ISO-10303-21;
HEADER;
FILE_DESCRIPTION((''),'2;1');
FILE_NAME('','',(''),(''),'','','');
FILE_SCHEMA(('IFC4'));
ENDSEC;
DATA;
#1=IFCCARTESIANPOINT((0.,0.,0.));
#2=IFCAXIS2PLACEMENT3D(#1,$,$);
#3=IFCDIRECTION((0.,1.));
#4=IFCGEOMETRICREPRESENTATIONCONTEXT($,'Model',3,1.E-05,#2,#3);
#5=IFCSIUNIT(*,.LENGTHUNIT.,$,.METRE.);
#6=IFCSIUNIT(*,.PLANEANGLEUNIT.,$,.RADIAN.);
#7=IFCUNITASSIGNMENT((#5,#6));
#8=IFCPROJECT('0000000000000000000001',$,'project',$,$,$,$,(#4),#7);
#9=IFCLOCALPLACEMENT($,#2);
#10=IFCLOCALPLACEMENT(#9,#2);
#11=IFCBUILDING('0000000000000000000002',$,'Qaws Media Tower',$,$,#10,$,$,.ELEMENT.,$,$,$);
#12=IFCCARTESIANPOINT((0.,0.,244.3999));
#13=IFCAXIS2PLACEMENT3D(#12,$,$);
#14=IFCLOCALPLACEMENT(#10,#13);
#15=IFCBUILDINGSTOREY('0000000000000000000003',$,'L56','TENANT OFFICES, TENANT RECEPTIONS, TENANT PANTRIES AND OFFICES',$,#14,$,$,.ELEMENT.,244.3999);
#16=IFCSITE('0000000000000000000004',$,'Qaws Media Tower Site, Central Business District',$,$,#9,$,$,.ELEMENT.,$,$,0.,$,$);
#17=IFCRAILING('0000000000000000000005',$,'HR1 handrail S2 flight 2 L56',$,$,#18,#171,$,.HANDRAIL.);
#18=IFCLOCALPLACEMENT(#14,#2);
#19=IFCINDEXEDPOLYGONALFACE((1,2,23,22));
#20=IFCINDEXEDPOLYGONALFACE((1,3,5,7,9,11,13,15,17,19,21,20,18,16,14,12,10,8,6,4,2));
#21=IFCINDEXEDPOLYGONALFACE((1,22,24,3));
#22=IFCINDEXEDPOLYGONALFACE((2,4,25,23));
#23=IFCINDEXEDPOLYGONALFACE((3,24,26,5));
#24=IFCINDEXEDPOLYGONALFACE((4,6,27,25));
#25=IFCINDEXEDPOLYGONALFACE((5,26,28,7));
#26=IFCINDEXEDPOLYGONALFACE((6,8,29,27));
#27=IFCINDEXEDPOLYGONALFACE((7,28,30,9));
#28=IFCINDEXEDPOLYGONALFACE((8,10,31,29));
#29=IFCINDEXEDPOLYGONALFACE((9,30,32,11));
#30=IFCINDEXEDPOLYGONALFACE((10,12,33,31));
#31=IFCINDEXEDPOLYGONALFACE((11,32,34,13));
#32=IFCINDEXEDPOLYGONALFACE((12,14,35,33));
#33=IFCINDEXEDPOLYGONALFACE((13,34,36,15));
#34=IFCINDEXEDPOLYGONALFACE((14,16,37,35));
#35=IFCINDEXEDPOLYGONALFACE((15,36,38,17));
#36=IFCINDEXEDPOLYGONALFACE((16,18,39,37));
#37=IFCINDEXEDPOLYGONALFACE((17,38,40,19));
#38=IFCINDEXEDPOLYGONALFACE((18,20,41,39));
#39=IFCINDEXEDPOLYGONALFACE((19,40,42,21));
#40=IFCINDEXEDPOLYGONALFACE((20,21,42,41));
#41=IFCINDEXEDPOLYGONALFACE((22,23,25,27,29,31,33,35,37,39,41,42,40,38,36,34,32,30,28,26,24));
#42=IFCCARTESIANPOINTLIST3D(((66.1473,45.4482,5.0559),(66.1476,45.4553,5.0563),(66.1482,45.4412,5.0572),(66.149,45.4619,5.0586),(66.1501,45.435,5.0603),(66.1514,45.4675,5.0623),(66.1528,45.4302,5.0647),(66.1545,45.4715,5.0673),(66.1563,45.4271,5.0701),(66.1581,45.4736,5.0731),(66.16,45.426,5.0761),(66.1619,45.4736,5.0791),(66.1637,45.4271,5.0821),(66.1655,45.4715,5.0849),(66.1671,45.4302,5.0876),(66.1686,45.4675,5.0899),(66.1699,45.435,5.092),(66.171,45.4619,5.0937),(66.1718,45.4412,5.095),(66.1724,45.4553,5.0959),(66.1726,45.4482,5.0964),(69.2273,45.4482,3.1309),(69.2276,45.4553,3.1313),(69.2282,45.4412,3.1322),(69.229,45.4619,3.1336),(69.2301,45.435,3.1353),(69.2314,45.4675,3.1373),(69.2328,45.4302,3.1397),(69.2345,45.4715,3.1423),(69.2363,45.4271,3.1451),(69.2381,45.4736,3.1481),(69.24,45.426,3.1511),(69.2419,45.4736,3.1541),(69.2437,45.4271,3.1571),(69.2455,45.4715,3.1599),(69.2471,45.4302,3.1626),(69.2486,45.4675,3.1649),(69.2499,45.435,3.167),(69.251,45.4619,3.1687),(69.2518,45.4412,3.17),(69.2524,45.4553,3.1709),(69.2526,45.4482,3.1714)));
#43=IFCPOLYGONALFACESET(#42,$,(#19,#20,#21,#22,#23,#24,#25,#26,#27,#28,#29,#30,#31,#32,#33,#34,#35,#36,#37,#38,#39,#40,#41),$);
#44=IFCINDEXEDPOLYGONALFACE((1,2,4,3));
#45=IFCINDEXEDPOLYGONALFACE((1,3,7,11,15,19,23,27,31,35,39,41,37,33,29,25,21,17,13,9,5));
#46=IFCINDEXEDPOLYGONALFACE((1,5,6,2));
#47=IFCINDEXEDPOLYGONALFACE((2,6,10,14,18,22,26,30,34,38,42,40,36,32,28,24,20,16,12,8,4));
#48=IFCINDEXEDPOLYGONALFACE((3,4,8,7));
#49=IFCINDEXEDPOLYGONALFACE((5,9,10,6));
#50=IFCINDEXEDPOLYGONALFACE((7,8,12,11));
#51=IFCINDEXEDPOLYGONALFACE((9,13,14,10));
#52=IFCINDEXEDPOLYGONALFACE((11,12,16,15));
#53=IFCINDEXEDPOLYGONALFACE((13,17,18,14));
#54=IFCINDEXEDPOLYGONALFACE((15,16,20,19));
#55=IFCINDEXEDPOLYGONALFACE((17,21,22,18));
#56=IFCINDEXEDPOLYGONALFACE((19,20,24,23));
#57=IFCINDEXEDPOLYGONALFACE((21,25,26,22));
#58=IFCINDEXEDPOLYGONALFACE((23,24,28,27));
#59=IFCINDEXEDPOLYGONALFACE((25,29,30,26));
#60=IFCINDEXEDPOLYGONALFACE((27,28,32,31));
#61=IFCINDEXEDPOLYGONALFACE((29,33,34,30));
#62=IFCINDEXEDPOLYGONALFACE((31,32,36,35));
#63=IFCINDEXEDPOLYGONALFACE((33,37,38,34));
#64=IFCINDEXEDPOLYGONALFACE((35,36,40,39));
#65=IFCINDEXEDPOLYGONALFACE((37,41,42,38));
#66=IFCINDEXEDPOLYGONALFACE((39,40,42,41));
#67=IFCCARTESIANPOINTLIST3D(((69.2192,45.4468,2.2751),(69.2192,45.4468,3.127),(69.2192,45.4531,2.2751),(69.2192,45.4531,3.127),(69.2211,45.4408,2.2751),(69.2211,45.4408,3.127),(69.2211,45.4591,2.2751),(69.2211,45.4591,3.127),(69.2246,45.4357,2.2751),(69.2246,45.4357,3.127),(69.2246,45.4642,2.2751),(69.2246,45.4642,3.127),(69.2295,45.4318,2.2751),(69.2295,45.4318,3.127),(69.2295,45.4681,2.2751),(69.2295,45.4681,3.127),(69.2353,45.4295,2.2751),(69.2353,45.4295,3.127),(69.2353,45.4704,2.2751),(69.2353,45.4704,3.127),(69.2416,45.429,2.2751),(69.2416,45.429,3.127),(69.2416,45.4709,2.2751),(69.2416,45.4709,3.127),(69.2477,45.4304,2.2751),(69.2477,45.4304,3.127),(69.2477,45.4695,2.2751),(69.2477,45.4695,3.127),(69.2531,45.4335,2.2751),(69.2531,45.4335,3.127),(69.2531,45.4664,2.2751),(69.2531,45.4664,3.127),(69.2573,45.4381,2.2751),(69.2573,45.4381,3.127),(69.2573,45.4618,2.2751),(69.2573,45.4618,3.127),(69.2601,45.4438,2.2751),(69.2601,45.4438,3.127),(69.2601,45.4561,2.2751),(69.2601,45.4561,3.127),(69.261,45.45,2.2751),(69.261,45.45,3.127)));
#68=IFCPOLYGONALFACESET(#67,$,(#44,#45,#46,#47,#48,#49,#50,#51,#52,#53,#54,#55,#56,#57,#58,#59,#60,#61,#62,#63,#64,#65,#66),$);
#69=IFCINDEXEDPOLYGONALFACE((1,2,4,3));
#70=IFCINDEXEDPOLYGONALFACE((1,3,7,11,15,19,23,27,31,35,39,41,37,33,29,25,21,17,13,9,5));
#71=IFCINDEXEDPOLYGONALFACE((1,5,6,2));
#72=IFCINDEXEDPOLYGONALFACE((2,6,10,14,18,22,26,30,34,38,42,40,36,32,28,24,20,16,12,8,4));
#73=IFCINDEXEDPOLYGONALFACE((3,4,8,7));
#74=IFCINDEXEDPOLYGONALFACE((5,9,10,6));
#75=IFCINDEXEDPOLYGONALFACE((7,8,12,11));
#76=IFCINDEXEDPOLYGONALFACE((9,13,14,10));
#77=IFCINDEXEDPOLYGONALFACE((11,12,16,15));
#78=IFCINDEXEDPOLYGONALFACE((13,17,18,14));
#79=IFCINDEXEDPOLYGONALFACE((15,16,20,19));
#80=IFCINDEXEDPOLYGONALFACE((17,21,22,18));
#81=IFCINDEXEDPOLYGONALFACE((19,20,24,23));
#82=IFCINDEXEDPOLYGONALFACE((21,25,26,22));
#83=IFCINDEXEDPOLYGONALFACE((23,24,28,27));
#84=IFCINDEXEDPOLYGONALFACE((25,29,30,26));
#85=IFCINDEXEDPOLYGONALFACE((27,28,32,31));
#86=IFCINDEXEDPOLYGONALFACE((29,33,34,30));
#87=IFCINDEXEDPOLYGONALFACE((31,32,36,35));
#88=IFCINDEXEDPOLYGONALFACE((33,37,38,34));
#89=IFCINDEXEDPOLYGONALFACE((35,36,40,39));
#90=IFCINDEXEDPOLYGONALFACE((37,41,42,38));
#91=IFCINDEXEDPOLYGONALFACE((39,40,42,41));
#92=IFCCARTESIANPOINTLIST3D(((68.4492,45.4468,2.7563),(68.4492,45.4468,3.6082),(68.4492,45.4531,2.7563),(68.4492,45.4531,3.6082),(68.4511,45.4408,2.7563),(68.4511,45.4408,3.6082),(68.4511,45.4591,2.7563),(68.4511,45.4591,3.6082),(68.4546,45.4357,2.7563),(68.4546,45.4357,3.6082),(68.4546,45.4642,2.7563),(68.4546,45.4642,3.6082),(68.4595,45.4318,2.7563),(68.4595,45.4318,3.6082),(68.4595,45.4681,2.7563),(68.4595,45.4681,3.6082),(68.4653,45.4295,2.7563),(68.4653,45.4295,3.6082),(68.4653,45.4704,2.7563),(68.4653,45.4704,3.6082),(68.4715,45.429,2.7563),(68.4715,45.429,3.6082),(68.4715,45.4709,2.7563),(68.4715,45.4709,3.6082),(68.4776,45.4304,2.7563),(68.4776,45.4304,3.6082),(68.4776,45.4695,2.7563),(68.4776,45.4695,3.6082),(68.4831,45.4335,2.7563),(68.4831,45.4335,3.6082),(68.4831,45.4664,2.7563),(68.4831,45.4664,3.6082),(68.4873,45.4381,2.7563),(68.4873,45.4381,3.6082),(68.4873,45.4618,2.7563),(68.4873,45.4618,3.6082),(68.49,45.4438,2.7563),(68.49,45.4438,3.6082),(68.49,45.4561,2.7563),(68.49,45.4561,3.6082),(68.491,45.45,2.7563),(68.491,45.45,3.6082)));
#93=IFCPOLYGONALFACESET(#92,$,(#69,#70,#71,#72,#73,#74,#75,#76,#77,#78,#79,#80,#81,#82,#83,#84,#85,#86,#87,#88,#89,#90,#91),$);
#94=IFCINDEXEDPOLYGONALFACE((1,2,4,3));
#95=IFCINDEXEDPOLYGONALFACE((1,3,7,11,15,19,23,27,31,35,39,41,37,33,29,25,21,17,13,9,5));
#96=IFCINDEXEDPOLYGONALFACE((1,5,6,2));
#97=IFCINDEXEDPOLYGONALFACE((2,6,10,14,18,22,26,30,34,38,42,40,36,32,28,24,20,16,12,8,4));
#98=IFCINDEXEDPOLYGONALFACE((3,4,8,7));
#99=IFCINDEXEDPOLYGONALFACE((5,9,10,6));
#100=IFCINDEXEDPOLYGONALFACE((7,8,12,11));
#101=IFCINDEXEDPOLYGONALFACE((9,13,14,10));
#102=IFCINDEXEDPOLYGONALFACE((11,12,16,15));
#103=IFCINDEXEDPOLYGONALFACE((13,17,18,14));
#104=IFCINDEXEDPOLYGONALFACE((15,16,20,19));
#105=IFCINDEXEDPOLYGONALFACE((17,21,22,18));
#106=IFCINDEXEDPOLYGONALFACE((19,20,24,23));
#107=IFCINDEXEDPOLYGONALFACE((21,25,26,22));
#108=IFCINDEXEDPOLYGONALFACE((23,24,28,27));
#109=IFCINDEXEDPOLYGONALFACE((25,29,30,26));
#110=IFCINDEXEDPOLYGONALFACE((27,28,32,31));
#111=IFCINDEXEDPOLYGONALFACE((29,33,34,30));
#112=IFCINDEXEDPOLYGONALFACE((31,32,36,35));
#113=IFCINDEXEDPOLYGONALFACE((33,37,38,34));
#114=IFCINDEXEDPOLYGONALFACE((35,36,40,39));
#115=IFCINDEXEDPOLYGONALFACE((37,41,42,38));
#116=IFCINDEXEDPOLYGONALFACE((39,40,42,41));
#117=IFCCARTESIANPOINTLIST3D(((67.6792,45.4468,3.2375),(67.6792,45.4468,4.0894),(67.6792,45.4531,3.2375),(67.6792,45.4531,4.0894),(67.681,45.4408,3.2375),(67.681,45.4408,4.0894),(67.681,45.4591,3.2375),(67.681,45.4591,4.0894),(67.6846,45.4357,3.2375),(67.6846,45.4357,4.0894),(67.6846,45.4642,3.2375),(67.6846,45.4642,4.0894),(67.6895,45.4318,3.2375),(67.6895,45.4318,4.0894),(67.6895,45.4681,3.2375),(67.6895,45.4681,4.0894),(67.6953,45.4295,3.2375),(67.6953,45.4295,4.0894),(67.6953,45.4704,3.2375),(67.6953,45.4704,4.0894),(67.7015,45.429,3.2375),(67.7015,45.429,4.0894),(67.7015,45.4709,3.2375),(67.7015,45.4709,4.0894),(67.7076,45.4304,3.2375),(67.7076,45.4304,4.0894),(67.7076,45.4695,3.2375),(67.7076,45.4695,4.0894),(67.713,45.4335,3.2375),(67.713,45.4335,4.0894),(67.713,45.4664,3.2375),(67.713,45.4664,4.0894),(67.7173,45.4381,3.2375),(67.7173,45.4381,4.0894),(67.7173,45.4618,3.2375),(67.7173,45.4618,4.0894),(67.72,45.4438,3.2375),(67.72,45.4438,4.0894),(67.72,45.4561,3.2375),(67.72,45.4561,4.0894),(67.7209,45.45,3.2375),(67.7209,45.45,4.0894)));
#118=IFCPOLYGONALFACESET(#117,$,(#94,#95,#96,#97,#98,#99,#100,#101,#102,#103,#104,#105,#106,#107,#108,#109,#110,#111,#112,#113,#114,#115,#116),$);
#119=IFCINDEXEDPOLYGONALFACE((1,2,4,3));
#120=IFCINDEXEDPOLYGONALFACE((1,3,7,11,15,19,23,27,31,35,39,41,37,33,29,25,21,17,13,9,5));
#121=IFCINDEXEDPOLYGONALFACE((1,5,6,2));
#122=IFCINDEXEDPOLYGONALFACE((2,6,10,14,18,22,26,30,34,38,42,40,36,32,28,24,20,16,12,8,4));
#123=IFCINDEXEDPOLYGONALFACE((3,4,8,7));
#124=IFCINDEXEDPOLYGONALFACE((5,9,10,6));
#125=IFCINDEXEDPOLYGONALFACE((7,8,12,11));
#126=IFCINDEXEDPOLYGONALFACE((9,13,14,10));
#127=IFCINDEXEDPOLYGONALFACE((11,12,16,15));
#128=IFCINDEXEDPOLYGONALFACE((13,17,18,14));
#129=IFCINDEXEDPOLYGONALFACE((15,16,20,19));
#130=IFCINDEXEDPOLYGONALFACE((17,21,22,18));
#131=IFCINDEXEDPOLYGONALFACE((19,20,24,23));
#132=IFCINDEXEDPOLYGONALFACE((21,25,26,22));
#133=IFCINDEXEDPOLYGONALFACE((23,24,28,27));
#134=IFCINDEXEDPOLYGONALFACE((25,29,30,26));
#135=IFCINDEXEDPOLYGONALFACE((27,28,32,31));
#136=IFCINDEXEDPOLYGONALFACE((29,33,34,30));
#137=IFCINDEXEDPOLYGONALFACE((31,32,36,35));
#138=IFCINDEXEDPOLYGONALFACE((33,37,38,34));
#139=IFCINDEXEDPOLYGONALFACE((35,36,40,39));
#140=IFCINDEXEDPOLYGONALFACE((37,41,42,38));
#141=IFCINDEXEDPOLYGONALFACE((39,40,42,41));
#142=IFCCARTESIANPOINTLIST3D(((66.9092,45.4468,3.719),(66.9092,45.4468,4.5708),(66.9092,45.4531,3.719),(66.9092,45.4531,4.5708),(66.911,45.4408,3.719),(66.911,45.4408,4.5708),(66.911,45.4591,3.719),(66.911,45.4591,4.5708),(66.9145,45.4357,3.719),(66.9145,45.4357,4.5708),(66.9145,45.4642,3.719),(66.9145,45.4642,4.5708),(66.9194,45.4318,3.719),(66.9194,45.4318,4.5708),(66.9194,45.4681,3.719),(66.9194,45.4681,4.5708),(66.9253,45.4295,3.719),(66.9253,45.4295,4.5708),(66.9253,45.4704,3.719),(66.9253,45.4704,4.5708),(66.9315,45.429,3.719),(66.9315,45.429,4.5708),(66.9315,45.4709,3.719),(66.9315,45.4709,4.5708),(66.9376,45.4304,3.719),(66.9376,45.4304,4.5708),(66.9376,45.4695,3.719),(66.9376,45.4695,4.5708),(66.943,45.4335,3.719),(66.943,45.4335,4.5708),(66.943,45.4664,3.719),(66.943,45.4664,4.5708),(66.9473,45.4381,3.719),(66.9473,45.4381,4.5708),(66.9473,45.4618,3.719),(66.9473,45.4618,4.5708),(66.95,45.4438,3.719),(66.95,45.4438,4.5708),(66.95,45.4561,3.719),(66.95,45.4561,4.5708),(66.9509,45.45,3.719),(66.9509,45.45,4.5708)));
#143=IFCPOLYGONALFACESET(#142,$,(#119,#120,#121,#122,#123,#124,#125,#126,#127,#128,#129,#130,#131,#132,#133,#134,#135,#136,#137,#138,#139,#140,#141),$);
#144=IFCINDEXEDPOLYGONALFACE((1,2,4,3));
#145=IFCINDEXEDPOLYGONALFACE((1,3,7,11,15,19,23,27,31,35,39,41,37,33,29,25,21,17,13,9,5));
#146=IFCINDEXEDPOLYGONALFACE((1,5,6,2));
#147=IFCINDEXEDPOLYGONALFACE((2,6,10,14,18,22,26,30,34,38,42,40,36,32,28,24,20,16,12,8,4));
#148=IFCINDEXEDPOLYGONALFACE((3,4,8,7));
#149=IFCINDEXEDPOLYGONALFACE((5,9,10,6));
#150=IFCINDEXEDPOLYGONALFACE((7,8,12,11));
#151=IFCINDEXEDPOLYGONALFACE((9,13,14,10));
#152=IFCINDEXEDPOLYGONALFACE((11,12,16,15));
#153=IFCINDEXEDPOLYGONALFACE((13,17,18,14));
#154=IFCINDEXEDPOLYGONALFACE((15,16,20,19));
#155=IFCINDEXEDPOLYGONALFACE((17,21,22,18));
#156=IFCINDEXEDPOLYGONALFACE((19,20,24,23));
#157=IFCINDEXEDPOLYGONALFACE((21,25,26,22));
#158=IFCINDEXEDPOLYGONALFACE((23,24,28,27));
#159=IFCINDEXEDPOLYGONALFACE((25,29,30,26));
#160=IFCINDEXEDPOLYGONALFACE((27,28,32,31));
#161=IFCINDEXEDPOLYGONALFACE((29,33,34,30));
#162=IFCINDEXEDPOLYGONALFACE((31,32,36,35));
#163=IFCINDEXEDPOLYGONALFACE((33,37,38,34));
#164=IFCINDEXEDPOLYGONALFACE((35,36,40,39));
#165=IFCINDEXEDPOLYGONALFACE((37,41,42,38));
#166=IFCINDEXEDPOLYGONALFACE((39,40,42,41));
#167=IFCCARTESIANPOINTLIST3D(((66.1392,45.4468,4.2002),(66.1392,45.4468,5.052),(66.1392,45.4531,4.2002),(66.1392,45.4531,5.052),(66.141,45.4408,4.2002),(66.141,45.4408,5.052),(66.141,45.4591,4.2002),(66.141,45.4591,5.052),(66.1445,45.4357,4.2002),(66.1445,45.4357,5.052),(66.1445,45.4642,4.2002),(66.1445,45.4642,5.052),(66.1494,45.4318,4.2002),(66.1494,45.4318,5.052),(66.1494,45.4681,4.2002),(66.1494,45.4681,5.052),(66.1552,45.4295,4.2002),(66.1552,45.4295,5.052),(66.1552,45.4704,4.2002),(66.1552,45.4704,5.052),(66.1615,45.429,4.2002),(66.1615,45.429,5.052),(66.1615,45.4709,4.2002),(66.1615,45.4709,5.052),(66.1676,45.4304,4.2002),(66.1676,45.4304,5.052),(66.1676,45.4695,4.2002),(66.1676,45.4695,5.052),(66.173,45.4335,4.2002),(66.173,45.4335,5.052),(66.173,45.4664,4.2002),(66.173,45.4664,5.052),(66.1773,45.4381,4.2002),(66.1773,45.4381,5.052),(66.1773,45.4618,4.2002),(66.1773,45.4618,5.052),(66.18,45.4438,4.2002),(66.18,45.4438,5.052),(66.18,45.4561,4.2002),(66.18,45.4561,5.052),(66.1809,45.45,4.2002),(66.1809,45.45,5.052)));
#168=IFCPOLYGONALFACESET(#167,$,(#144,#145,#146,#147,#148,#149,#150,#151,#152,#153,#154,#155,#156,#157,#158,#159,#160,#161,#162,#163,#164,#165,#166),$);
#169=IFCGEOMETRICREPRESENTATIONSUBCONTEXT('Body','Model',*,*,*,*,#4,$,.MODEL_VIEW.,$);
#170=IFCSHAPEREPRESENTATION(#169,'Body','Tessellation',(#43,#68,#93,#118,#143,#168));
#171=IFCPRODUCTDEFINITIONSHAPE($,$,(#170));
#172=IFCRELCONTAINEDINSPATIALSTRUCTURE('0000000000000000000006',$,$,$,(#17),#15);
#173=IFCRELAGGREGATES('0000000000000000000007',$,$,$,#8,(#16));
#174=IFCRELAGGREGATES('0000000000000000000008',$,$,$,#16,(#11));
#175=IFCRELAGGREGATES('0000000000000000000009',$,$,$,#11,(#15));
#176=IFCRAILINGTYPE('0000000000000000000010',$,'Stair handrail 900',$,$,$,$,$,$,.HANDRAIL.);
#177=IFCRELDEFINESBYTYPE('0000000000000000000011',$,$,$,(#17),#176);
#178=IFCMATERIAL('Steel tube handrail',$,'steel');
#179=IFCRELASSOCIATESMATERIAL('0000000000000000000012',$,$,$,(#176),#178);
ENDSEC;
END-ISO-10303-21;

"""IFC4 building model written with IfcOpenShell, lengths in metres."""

from ifc_helpers import new_model, si_unit, direction, frame, origin, origin_2d, place, context, subcontext, project, spatial, circle, extrude, material, type_object, element, save


model = new_model("IFC4")

# Units and contexts
model_context = context("Model", 3, precision=1e-05, world=origin(), true_north=direction((0.0, 1.0)))
body_context = subcontext(model_context, "Body", "Model", "MODEL_VIEW")
ifc_project = project(units=[si_unit("LENGTHUNIT", "METRE"), si_unit("PLANEANGLEUNIT", "RADIAN")], contexts=[model_context])

# Site, building, storey
site_placement = place(None, origin())
site = spatial("IfcSite", under=ifc_project, at=site_placement, Name="Qaws Media Tower Site, Central Business District", CompositionType="ELEMENT", RefElevation=0.0)
building_placement = place(site_placement, origin())
building = spatial("IfcBuilding", under=site, at=building_placement, Name="Qaws Media Tower", CompositionType="ELEMENT")
storey_placement = place(building_placement, frame((0.0, 0.0, 244.3999)))
storey = spatial("IfcBuildingStorey", under=building, at=storey_placement, Name="L56", Description="TENANT OFFICES, TENANT RECEPTIONS, TENANT PANTRIES AND OFFICES", CompositionType="ELEMENT", Elevation=244.3999)

# Railing
ifc_material_1 = material(Name="Steel tube handrail", Category="steel")
railing_type = type_object("IfcRailingType", Name="Stair handrail 900", PredefinedType="HANDRAIL", material=ifc_material_1)
for number, where, name in (
    (1, (69.24, 45.45, 2.2751), "HR1 handrail S2 flight 2 L56"),
):
    element("IfcRailing", number, at=place(storey_placement, frame(where)), inside=storey, type_object=railing_type, Name=name, PredefinedType="HANDRAIL", context=body_context, shape_type="SweptSolid", body=[
        extrude(circle(Radius=0.0239, at=origin_2d()), frame((0.0, 0.0, 0.876), z_axis=(-0.847998, 0.0, 0.529999), x_axis=(0.0, -1.0, 0.0)), (0.0, 0.0, 1.0), 3.6321),
        extrude(circle(Radius=0.021, at=origin_2d()), origin(), (0.0, 0.0, 1.0), 0.8518),
        extrude(circle(Radius=0.021, at=origin_2d()), frame((-0.77, 0.0, 0.4812)), (0.0, 0.0, 1.0), 0.8518),
        extrude(circle(Radius=0.021, at=origin_2d()), frame((-1.54, 0.0, 0.9624)), (0.0, 0.0, 1.0), 0.8518),
        extrude(circle(Radius=0.021, at=origin_2d()), frame((-2.3101, 0.0, 1.4438)), (0.0, 0.0, 1.0), 0.8518),
        extrude(circle(Radius=0.021, at=origin_2d()), frame((-3.0801, 0.0, 1.925)), (0.0, 0.0, 1.0), 0.8518),
    ])

save(model, "model.ifc")
